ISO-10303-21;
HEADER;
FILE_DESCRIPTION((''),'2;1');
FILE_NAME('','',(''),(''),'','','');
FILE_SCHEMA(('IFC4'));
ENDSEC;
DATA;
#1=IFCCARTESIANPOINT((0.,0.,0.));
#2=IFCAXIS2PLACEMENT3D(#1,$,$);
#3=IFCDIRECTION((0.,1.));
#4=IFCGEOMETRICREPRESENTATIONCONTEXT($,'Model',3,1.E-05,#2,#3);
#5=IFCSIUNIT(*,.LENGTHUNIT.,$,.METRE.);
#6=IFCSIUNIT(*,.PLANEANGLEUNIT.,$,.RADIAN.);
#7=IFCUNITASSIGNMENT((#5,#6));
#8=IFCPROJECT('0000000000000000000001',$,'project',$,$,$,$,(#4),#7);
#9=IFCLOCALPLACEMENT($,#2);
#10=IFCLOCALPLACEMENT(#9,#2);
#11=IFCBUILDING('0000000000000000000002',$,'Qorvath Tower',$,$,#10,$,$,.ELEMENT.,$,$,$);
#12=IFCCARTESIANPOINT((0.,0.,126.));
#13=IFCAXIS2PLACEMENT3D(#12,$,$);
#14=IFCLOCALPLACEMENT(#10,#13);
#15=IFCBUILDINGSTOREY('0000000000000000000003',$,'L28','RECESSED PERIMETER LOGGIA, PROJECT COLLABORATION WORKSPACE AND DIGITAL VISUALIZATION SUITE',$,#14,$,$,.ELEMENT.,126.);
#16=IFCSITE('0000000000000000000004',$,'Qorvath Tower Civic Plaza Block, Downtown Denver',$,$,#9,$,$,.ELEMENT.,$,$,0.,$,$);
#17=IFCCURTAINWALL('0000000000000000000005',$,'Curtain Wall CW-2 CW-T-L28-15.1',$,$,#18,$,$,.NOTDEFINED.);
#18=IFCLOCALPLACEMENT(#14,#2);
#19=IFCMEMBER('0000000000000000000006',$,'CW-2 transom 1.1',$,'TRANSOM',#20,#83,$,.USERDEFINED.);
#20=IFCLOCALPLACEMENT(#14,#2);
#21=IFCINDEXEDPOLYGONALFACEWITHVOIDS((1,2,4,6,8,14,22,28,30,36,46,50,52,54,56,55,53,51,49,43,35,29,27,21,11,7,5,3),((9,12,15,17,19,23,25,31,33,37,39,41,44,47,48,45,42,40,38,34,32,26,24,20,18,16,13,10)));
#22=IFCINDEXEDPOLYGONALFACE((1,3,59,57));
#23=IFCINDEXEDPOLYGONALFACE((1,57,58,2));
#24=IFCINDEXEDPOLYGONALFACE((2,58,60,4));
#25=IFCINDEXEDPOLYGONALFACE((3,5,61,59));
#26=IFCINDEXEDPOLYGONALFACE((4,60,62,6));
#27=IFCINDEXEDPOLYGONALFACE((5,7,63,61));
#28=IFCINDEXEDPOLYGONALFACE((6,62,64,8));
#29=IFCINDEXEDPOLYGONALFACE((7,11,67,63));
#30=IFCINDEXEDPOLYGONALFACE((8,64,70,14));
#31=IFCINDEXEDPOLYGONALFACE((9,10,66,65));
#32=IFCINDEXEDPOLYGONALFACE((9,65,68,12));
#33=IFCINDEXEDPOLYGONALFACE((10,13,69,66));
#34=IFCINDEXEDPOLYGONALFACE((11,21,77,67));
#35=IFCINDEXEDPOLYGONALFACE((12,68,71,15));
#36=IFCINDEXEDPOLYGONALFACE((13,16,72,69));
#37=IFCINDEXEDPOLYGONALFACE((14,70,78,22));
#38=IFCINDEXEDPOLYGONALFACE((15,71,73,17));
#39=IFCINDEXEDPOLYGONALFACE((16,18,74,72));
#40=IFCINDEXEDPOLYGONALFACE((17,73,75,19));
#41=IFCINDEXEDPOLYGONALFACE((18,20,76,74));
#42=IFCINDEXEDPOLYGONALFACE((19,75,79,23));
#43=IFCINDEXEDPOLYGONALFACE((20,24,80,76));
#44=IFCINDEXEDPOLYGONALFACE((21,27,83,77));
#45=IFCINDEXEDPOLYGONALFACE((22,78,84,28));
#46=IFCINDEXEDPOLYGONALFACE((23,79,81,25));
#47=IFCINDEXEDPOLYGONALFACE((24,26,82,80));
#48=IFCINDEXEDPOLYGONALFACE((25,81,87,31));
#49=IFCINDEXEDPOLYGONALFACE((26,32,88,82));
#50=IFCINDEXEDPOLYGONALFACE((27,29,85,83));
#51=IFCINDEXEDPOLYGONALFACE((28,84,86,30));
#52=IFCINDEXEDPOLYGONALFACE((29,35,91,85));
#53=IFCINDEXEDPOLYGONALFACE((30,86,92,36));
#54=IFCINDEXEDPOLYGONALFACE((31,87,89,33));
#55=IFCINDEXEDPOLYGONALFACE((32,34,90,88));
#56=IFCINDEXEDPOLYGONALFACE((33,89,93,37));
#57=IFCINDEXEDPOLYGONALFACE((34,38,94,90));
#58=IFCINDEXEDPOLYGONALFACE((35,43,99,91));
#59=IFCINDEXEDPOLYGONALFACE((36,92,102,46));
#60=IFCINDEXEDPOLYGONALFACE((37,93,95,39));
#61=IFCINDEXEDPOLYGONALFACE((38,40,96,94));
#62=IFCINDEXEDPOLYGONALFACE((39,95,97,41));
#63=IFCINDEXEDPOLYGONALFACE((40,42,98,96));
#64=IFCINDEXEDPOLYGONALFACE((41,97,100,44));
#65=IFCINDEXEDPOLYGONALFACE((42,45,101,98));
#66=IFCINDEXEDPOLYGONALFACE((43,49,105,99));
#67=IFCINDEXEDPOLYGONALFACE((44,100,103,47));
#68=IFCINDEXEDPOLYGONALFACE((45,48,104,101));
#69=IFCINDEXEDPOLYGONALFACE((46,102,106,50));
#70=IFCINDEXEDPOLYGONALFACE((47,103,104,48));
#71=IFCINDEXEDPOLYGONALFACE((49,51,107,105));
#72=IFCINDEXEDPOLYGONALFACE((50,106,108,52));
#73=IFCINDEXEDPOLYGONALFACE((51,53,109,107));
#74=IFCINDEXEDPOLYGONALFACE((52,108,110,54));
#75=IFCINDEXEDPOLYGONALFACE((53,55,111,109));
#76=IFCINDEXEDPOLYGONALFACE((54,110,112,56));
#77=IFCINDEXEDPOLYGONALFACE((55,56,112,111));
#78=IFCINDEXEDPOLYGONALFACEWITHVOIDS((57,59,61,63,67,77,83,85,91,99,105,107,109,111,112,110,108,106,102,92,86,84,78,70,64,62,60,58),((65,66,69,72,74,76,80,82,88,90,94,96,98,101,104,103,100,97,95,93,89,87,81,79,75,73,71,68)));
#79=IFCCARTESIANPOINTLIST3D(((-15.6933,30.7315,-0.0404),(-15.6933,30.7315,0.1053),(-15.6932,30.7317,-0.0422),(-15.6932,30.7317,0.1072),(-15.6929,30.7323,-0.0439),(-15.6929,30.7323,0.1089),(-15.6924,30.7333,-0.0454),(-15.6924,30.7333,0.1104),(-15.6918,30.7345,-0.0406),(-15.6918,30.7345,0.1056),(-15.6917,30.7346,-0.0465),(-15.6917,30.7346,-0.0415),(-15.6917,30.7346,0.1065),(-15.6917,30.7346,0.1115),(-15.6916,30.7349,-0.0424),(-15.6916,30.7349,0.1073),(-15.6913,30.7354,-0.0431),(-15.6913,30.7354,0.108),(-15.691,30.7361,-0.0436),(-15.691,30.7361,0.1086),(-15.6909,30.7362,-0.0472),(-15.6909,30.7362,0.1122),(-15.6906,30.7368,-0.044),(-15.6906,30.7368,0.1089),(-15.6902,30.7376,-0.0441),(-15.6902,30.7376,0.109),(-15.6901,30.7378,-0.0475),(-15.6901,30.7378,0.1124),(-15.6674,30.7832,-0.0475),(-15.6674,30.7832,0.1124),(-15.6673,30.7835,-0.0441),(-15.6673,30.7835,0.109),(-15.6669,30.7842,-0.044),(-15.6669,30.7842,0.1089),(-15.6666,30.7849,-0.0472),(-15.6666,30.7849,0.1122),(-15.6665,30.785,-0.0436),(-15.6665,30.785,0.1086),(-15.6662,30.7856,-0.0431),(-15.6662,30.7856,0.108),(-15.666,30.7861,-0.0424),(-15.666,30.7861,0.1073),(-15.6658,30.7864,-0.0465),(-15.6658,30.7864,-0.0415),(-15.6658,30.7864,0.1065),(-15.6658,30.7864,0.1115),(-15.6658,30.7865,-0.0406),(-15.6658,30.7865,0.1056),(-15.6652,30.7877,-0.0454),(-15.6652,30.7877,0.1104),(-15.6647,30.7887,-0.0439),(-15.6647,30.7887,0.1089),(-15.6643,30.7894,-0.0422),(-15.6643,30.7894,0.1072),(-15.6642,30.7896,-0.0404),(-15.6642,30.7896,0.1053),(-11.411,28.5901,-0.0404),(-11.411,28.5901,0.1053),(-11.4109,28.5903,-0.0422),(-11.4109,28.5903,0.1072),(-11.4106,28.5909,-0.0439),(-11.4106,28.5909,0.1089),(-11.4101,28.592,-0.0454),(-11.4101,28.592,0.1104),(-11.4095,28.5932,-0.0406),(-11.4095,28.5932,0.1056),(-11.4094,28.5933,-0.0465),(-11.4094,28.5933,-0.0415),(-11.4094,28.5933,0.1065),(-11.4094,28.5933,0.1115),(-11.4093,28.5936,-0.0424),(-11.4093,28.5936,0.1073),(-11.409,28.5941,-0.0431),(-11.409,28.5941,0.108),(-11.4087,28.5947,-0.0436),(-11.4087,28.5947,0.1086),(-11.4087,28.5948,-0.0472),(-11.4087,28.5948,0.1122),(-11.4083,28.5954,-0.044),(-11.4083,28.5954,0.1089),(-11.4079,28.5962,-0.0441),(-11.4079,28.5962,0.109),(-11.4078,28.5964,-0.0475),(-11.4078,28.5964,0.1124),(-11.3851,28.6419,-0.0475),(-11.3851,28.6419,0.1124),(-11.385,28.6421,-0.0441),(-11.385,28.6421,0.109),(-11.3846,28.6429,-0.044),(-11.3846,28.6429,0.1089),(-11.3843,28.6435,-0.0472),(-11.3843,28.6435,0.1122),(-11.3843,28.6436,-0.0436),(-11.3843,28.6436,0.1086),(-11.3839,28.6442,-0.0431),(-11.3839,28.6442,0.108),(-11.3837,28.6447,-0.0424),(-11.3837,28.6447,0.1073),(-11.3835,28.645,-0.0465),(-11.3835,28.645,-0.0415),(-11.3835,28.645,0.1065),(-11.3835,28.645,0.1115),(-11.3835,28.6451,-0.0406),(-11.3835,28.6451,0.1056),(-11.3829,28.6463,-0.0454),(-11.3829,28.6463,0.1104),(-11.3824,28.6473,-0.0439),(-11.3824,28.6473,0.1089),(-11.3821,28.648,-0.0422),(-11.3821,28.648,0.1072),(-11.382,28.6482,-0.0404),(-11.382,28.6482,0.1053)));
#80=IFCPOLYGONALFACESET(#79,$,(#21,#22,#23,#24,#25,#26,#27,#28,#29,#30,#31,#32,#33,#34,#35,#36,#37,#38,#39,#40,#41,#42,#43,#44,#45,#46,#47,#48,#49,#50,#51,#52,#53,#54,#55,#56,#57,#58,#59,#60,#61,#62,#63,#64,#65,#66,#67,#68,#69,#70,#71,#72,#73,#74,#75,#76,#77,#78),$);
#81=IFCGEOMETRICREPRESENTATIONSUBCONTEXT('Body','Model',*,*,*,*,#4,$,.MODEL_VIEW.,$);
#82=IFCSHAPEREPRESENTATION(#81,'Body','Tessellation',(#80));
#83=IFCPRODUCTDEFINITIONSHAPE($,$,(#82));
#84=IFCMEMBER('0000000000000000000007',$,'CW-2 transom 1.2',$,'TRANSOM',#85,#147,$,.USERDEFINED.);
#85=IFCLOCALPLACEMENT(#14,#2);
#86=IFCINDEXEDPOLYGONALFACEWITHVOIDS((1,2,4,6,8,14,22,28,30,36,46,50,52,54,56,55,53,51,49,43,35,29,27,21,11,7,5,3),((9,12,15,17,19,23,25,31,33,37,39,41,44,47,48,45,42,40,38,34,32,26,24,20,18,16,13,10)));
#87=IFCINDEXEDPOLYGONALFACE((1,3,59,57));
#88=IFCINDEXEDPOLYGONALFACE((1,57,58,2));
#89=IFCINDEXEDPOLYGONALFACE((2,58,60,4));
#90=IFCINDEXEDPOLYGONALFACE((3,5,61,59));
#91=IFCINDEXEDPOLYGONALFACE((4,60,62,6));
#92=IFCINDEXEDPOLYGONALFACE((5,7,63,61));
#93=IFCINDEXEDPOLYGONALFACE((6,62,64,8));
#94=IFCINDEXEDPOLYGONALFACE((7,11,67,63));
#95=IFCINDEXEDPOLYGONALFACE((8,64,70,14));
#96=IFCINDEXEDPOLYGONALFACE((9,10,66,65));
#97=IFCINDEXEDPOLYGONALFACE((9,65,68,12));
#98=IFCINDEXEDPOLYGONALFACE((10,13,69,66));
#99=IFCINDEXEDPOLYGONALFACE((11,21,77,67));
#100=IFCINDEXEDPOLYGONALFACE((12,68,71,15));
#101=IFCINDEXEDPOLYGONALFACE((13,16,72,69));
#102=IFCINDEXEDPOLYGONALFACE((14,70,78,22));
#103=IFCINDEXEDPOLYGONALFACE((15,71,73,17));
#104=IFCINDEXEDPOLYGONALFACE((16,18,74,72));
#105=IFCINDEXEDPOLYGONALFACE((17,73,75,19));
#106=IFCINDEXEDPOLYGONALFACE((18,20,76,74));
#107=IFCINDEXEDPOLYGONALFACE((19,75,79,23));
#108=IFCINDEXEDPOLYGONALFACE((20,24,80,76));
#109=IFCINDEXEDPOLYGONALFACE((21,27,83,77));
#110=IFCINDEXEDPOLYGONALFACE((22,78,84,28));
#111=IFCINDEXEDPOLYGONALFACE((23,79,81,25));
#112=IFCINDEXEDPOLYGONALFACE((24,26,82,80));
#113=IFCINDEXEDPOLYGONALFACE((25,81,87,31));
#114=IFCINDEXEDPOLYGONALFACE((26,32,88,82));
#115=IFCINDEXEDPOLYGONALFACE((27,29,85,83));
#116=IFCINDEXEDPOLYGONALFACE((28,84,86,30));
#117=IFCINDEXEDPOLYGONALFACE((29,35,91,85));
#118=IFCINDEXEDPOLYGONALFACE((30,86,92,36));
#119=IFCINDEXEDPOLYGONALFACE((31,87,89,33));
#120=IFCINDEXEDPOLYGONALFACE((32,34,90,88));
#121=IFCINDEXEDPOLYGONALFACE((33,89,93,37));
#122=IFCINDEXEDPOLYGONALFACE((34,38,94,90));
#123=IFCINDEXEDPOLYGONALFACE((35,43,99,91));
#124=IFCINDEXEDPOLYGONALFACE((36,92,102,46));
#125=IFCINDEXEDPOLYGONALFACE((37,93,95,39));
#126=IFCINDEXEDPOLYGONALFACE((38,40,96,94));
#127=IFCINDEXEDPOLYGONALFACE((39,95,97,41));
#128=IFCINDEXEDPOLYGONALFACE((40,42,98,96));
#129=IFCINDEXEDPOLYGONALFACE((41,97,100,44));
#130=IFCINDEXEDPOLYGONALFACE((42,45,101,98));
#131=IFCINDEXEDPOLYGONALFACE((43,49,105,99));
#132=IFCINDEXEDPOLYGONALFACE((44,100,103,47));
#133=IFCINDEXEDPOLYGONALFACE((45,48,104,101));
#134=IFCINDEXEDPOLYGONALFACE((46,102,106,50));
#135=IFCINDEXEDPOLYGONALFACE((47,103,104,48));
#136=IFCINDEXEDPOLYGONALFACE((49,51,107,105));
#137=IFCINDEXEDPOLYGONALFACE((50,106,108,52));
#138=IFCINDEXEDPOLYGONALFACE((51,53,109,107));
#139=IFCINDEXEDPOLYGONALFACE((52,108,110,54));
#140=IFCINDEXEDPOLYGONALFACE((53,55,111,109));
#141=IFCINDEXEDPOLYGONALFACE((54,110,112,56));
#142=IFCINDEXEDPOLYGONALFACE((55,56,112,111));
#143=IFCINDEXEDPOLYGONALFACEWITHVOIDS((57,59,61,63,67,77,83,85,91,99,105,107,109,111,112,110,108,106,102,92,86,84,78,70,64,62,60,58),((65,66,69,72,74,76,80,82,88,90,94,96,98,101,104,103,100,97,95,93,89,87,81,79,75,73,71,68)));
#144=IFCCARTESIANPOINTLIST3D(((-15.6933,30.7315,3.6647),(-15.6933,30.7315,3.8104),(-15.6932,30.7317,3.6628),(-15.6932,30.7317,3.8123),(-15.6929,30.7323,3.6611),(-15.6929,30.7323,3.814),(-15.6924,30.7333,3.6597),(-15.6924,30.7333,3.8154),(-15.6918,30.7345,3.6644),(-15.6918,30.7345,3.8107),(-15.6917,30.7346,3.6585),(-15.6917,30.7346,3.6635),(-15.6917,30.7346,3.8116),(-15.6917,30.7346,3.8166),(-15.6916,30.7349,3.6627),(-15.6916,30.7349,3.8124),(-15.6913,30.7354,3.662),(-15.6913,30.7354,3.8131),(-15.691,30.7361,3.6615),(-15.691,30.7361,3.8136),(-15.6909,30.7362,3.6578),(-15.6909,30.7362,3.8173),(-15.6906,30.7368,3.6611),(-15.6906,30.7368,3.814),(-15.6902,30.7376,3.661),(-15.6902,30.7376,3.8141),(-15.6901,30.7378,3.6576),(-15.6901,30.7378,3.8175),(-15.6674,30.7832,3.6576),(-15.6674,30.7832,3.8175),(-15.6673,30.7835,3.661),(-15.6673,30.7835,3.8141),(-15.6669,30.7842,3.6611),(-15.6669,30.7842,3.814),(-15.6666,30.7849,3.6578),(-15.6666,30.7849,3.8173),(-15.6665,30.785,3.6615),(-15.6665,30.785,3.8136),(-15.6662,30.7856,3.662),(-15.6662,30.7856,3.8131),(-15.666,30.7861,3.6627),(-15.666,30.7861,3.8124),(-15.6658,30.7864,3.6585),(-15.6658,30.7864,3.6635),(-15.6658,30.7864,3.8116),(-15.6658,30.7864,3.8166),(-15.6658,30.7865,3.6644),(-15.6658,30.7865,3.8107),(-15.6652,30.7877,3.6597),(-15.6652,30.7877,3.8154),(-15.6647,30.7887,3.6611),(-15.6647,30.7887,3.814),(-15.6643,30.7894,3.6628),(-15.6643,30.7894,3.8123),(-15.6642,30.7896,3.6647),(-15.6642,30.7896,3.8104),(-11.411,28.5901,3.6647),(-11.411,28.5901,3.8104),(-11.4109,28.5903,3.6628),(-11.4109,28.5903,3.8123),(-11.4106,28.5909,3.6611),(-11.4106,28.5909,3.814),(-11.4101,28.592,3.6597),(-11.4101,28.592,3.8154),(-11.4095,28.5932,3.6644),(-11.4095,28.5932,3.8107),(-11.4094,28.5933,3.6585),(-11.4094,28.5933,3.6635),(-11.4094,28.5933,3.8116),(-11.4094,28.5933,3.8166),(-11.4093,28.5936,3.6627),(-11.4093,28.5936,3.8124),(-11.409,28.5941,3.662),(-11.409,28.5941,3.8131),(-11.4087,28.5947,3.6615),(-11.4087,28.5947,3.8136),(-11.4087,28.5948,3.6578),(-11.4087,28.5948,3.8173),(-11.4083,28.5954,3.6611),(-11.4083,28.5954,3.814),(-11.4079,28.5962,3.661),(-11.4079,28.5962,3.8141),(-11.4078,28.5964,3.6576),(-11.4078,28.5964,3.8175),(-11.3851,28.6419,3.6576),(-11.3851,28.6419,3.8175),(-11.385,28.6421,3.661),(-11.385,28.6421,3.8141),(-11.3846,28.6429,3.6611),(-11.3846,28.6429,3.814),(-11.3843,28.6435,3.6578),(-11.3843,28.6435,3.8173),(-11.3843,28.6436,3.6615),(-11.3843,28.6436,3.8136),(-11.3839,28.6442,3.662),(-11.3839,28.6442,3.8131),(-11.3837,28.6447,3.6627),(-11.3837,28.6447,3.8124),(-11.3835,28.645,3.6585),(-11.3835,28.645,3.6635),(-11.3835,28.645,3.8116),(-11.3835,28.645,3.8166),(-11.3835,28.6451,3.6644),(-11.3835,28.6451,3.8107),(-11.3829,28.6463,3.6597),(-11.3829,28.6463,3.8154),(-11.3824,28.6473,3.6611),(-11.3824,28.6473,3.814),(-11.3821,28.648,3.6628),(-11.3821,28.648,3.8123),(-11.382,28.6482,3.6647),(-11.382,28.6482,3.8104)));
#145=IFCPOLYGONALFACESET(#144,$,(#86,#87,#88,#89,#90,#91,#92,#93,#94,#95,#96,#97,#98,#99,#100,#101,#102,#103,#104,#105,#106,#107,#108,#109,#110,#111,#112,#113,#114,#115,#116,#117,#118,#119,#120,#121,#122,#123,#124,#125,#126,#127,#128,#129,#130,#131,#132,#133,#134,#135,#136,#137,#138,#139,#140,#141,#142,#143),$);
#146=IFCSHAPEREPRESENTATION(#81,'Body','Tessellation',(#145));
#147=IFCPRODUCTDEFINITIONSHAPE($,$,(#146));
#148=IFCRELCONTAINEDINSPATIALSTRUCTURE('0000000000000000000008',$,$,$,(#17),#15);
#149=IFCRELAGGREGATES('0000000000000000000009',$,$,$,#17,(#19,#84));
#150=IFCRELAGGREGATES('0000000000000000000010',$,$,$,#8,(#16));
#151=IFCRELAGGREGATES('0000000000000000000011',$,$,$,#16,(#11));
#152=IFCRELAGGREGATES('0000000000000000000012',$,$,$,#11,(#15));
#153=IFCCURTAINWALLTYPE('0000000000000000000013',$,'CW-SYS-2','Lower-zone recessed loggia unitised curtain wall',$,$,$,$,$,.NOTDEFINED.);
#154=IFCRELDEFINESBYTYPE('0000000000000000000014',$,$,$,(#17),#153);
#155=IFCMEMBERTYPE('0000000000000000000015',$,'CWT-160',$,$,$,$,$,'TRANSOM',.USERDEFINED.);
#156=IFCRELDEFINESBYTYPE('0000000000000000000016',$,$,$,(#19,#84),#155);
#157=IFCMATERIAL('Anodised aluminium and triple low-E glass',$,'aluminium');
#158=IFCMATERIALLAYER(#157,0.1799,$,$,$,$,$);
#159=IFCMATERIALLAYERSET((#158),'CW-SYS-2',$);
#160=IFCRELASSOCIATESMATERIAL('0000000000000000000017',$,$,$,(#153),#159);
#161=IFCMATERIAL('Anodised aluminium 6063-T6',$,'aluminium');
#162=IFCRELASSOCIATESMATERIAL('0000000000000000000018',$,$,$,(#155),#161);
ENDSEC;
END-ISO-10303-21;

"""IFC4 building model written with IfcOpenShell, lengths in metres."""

from ifc_helpers import new_model, si_unit, direction, frame, origin, origin_2d, place, context, subcontext, project, spatial, hollow_rectangle, extrude, material, layer, layer_set, material_profile, profile_set, type_object, element, aggregate, save


model = new_model("IFC4")

# Units and contexts
model_context = context("Model", 3, precision=1e-05, world=origin(), true_north=direction((0.0, 1.0)))
body_context = subcontext(model_context, "Body", "Model", "MODEL_VIEW")
ifc_project = project(units=[si_unit("LENGTHUNIT", "METRE"), si_unit("PLANEANGLEUNIT", "RADIAN")], contexts=[model_context])

# Site, building, storey
site_placement = place(None, origin())
site = spatial("IfcSite", under=ifc_project, at=site_placement, Name="Qorvath Tower Civic Plaza Block, Downtown Denver", CompositionType="ELEMENT", RefElevation=0.0)
building_placement = place(site_placement, origin())
building = spatial("IfcBuilding", under=site, at=building_placement, Name="Qorvath Tower", CompositionType="ELEMENT")
storey_placement = place(building_placement, frame((0.0, 0.0, 126.0)))
storey = spatial("IfcBuildingStorey", under=building, at=storey_placement, Name="L28", Description="RECESSED PERIMETER LOGGIA, PROJECT COLLABORATION WORKSPACE AND DIGITAL VISUALIZATION SUITE", CompositionType="ELEMENT", Elevation=126.0)

# Curtain wall
ifc_material_1 = material(Name="Anodised aluminium and triple low-E glass", Category="aluminium")
ifc_layer_1 = layer(ifc_material_1, 0.1799)
ifc_layer_set_1 = layer_set([ifc_layer_1], Name="CW-SYS-2")
curtain_wall_type = type_object("IfcCurtainWallType", Name="CW-SYS-2", Description="Lower-zone recessed loggia unitised curtain wall", PredefinedType="NOTDEFINED", material=ifc_layer_set_1)
curtain_wall_1_placement = place(storey_placement, origin())
curtain_wall_1 = element("IfcCurtainWall", 1, at=curtain_wall_1_placement, inside=storey, type_object=curtain_wall_type, Name="Curtain Wall CW-2 CW-T-L28-15.1", PredefinedType="NOTDEFINED")

# Members
ifc_material_2 = material(Name="Anodised aluminium 6063-T6", Category="aluminium")
ifc_material_profile_1 = material_profile(ifc_material_2, hollow_rectangle(XDim=0.0649, YDim=0.1599, WallThickness=0.0034, InnerFilletRadius=0.0034, OuterFilletRadius=0.0071, at=origin_2d()), Name="CWT 160x65")
ifc_profile_set_1 = profile_set([ifc_material_profile_1], Name="Anodised aluminium 6063-T6")
member_type_1 = type_object("IfcMemberType", Name="CWT-160", ElementType="TRANSOM", PredefinedType="USERDEFINED", material=ifc_profile_set_1)
member_1_placement = place(storey_placement, frame((-11.3965, 28.6191, 0.0325), z_axis=(-0.894407, 0.447254, 0.0), x_axis=(-0.447254, -0.894407, 0.0)))
member_1 = element("IfcMember", 2, at=member_1_placement, type_object=member_type_1, Name="CW-2 transom 1.1", ObjectType="TRANSOM", PredefinedType="USERDEFINED", context=body_context, shape_type="SweptSolid", body=[
    extrude(hollow_rectangle(XDim=0.0649, YDim=0.1599, WallThickness=0.0034, InnerFilletRadius=0.0034, OuterFilletRadius=0.0071, at=origin_2d()), origin(), (0.0, 0.0, 1.0), 4.7878),
])
member_2_placement = place(storey_placement, frame((-11.3965, 28.6191, 3.7375), z_axis=(-0.894407, 0.447254, 0.0), x_axis=(-0.447254, -0.894407, 0.0)))
member_2 = element("IfcMember", 3, at=member_2_placement, type_object=member_type_1, Name="CW-2 transom 1.2", ObjectType="TRANSOM", PredefinedType="USERDEFINED", context=body_context, shape_type="SweptSolid", body=[
    extrude(hollow_rectangle(XDim=0.0649, YDim=0.1599, WallThickness=0.0034, InnerFilletRadius=0.0034, OuterFilletRadius=0.0071, at=origin_2d()), origin(), (0.0, 0.0, 1.0), 4.7878),
])

aggregate(curtain_wall_1, [member_1, member_2])

save(model, "model.ifc")
